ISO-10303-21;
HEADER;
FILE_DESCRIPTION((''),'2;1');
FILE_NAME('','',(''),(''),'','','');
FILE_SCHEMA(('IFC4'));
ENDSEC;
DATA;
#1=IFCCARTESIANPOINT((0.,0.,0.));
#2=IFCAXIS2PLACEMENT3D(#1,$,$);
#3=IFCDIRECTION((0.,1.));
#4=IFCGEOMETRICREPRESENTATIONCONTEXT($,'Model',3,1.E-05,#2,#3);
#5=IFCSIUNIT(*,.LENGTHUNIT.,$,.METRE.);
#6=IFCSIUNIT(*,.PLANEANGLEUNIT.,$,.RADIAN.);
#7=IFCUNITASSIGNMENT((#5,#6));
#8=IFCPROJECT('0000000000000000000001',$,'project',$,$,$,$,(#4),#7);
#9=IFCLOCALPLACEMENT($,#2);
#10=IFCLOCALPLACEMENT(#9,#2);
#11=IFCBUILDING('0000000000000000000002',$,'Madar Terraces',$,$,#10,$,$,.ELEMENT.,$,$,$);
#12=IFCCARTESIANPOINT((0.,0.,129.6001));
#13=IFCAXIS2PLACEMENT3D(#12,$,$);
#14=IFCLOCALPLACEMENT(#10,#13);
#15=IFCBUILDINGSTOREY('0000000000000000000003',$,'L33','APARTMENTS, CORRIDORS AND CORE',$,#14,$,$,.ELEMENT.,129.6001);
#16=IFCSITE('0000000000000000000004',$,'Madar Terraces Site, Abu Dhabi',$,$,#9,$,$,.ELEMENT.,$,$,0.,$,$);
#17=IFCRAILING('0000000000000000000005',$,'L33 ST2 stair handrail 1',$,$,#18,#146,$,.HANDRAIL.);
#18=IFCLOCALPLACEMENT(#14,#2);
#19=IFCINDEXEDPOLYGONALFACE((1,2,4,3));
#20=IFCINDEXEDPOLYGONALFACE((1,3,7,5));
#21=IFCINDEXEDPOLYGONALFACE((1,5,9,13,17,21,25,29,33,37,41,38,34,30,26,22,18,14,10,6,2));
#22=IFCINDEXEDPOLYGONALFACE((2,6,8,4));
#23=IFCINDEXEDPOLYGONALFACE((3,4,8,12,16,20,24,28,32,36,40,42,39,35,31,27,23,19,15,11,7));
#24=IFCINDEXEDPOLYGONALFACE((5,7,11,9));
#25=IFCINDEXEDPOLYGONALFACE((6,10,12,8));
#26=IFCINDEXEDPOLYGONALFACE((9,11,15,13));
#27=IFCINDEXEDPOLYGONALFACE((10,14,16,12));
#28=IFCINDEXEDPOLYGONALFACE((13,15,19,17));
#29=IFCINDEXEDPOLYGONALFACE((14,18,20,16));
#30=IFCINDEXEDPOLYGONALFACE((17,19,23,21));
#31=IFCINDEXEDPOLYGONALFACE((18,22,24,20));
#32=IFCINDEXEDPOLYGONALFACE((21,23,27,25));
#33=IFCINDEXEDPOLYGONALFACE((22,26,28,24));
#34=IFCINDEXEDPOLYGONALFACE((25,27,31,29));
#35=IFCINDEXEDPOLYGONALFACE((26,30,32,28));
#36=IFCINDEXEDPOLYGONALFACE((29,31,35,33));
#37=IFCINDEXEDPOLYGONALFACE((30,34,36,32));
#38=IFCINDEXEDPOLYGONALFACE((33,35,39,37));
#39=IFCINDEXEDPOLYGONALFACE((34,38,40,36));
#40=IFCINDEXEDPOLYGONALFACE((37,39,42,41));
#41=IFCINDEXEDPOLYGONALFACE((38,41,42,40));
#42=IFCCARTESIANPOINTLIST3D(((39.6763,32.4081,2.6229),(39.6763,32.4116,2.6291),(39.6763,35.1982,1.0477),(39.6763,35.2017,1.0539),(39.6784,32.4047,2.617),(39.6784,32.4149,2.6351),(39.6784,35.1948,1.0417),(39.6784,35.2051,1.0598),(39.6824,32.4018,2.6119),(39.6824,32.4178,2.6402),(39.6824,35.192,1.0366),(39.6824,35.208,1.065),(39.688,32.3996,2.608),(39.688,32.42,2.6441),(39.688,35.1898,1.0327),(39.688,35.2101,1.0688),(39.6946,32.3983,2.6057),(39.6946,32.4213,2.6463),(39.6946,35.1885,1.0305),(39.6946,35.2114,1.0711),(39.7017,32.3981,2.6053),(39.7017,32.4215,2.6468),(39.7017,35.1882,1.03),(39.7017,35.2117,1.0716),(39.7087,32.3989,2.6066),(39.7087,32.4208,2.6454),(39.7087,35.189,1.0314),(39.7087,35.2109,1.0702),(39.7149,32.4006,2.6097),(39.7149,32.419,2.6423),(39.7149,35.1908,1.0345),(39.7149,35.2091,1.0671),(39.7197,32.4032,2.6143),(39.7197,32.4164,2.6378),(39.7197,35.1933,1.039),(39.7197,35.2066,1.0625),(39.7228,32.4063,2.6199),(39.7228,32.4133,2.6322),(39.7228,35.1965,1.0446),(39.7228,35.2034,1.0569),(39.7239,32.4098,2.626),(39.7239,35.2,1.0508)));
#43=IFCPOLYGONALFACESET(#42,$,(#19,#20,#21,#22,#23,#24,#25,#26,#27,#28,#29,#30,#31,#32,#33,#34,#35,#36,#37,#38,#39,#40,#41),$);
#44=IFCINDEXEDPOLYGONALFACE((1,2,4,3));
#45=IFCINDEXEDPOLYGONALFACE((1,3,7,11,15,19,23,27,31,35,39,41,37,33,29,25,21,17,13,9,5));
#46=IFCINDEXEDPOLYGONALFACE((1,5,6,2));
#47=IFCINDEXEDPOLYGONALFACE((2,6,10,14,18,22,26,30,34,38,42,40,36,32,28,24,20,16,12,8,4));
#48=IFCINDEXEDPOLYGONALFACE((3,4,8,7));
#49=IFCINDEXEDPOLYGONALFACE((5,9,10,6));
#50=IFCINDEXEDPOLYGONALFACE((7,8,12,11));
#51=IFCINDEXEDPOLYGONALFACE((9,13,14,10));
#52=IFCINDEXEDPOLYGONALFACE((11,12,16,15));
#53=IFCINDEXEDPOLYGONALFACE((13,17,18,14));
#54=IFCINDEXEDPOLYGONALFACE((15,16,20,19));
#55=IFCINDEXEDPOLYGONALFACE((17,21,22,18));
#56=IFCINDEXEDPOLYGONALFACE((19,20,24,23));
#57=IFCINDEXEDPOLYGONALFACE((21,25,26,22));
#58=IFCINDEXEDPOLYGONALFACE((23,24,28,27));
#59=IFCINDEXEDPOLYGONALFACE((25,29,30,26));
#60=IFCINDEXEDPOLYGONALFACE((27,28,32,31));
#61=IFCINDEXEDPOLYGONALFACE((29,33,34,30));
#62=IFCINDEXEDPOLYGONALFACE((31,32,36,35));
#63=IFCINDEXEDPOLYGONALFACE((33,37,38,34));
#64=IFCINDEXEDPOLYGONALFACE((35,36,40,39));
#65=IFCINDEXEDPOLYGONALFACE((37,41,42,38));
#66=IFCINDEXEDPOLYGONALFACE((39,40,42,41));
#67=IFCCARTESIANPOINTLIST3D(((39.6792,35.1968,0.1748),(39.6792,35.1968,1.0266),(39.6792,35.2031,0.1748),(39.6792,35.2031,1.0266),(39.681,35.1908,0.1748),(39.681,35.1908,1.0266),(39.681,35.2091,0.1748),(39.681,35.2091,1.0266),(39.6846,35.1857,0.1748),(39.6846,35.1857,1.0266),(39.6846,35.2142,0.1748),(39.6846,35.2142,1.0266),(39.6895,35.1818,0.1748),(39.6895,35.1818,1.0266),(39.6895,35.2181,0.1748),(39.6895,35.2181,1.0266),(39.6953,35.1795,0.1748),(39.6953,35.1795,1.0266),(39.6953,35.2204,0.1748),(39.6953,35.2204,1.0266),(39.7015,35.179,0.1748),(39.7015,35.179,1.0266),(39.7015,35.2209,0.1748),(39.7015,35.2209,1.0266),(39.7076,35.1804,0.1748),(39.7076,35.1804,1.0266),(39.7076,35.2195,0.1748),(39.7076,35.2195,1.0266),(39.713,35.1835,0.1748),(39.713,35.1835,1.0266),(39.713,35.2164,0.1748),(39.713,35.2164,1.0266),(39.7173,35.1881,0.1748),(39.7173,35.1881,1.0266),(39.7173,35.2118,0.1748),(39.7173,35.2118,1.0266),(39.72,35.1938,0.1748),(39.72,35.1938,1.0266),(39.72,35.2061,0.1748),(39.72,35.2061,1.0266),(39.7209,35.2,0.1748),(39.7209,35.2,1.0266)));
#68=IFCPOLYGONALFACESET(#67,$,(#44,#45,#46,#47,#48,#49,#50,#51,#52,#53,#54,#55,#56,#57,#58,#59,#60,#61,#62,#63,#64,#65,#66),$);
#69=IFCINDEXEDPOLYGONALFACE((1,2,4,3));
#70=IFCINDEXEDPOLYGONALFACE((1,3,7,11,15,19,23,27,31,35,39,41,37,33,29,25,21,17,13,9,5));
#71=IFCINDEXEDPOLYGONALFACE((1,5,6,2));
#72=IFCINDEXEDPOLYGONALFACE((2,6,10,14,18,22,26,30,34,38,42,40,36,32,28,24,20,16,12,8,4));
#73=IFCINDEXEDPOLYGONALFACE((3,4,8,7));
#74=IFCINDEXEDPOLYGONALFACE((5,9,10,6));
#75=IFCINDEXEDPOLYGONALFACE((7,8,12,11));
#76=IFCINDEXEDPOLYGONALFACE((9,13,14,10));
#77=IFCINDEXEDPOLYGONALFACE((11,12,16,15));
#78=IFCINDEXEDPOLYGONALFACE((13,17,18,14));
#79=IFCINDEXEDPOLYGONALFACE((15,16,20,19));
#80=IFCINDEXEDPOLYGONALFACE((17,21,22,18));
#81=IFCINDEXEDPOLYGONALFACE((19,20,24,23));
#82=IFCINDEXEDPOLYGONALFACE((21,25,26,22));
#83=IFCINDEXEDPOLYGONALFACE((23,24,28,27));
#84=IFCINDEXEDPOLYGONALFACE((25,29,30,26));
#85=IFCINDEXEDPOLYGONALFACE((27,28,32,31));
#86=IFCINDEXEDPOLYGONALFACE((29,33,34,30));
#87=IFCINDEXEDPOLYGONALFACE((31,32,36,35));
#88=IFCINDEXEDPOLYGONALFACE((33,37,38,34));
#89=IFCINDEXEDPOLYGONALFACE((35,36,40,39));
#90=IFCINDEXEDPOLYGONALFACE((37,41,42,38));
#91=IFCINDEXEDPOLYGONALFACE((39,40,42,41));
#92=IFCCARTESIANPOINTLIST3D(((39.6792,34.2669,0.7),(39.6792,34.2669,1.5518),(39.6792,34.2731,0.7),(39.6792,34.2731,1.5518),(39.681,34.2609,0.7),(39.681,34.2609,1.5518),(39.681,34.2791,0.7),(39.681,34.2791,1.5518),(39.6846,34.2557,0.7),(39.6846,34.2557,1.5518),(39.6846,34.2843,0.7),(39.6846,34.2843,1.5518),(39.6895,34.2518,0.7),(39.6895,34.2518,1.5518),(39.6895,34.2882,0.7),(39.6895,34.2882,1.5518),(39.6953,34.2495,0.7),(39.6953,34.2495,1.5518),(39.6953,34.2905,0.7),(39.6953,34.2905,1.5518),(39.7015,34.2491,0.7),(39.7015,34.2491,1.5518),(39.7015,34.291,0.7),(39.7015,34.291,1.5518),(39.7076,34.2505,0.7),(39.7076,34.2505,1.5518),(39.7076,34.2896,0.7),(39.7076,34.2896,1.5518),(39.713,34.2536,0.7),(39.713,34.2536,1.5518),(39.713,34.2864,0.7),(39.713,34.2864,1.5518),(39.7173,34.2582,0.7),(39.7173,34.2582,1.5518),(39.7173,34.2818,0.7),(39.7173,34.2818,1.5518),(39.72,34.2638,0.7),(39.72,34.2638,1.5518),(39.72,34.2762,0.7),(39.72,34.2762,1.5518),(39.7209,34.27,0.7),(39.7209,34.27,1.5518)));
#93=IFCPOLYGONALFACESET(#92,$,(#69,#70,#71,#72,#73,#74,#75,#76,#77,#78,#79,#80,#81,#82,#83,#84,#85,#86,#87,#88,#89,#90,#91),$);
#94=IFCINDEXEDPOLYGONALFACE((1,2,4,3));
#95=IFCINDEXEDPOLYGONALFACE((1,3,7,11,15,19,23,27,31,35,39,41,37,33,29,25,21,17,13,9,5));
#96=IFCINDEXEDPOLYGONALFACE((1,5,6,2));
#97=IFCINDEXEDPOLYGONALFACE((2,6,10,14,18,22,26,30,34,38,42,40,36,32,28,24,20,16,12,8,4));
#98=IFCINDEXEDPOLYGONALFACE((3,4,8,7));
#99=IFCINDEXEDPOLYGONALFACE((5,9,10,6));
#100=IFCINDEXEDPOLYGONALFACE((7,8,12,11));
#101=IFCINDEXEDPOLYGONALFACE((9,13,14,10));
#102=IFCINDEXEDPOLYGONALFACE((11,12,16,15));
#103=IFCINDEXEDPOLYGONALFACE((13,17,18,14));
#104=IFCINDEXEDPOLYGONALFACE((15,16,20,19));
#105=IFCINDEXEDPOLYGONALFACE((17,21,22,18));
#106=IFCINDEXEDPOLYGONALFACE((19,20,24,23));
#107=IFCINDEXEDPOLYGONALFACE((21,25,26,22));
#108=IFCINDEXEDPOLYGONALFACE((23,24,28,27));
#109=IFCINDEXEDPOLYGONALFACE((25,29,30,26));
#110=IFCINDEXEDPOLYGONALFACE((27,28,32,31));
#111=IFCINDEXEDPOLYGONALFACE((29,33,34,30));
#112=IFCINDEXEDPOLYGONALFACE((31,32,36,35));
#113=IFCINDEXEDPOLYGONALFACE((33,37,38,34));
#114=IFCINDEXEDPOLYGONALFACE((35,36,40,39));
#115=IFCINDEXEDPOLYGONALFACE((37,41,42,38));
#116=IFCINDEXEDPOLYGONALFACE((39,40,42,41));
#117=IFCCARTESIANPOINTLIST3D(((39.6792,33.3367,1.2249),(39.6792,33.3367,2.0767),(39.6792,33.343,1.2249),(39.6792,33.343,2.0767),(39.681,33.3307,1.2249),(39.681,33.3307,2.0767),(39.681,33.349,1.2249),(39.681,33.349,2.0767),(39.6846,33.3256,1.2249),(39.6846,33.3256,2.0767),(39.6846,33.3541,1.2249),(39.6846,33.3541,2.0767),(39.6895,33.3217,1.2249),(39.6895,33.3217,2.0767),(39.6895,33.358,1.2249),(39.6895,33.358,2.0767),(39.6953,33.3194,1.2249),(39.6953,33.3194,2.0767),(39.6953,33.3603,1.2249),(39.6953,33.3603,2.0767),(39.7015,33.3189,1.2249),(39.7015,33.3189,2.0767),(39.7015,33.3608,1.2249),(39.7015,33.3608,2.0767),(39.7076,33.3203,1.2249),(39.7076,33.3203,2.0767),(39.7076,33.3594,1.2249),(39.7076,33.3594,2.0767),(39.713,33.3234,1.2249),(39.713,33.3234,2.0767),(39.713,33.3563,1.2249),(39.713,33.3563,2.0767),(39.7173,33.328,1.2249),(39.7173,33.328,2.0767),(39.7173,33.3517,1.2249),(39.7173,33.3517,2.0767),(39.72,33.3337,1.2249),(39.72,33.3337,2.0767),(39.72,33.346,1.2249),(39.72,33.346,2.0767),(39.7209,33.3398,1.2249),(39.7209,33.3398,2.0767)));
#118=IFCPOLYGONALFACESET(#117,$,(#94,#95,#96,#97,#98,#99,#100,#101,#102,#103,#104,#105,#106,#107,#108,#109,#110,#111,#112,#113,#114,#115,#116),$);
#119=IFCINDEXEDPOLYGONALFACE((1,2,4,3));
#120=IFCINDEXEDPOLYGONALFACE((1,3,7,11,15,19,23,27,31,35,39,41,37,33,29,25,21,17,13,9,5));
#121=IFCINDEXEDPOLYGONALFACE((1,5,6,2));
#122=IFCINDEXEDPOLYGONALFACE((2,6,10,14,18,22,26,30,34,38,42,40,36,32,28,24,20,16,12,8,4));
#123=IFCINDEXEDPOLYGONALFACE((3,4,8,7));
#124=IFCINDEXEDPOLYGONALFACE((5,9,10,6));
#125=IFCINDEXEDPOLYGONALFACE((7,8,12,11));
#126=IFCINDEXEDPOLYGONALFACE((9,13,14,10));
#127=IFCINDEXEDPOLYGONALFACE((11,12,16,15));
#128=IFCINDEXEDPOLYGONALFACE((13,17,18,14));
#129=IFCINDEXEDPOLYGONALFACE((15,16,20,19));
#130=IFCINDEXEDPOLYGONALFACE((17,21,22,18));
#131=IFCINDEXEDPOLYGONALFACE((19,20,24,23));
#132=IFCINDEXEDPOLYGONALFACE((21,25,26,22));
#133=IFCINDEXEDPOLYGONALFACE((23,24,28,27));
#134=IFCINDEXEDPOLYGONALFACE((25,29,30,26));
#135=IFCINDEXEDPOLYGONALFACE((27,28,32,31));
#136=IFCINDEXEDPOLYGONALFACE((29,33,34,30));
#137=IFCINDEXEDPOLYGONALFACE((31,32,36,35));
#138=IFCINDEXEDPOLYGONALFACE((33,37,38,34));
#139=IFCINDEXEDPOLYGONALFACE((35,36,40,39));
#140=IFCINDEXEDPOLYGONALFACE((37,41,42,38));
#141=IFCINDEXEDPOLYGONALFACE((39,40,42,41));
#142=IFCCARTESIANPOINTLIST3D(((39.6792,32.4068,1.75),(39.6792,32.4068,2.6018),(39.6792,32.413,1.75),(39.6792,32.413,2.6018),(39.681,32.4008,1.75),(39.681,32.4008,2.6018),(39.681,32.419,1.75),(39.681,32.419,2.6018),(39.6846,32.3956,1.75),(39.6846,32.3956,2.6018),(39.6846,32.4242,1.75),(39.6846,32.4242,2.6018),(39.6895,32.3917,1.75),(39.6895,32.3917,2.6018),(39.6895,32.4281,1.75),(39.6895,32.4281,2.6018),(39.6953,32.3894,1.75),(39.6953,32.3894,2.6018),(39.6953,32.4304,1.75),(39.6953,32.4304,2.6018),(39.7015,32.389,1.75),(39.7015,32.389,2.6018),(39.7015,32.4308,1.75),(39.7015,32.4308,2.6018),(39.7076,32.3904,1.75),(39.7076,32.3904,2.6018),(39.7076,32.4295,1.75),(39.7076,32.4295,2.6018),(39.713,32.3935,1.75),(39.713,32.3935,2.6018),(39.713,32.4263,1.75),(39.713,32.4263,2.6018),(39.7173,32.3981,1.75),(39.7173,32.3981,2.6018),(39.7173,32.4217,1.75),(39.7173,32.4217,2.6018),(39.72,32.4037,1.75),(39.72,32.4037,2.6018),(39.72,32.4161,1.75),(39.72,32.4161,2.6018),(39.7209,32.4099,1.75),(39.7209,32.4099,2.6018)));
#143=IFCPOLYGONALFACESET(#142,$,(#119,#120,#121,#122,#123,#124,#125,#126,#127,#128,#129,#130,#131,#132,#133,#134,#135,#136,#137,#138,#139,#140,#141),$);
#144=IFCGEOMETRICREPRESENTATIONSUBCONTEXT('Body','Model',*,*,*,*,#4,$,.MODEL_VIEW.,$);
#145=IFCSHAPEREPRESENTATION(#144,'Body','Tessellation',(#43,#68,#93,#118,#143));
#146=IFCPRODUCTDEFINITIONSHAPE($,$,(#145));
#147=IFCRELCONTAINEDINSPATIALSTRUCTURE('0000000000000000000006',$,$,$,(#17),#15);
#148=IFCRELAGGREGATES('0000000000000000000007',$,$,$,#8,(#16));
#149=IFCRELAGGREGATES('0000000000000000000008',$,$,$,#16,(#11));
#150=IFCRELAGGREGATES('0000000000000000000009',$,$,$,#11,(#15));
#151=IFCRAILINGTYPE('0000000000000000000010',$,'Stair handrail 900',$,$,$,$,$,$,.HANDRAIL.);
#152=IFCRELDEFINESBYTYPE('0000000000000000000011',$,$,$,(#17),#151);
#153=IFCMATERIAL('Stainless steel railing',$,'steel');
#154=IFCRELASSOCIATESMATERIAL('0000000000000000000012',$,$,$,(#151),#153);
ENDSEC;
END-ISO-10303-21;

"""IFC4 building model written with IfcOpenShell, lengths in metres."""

from ifc_helpers import new_model, si_unit, direction, frame, origin, origin_2d, place, context, subcontext, project, spatial, circle, extrude, material, type_object, element, save


model = new_model("IFC4")

# Units and contexts
model_context = context("Model", 3, precision=1e-05, world=origin(), true_north=direction((0.0, 1.0)))
body_context = subcontext(model_context, "Body", "Model", "MODEL_VIEW")
ifc_project = project(units=[si_unit("LENGTHUNIT", "METRE"), si_unit("PLANEANGLEUNIT", "RADIAN")], contexts=[model_context])

# Site, building, storey
site_placement = place(None, origin())
site = spatial("IfcSite", under=ifc_project, at=site_placement, Name="Madar Terraces Site, Abu Dhabi", CompositionType="ELEMENT", RefElevation=0.0)
building_placement = place(site_placement, origin())
building = spatial("IfcBuilding", under=site, at=building_placement, Name="Madar Terraces", CompositionType="ELEMENT")
storey_placement = place(building_placement, frame((0.0, 0.0, 129.6001)))
storey = spatial("IfcBuildingStorey", under=building, at=storey_placement, Name="L33", Description="APARTMENTS, CORRIDORS AND CORE", CompositionType="ELEMENT", Elevation=129.6001)

# Railing
ifc_material_1 = material(Name="Stainless steel railing", Category="steel")
railing_type_1 = type_object("IfcRailingType", Name="Stair handrail 900", PredefinedType="HANDRAIL", material=ifc_material_1)
railing_1_placement = place(storey_placement, frame((39.7, 35.2, 0.1748)))
element("IfcRailing", 1, at=railing_1_placement, inside=storey, type_object=railing_type_1, Name="L33 ST2 stair handrail 1", PredefinedType="HANDRAIL", context=body_context, shape_type="SweptSolid", body=[
    extrude(circle(Radius=0.0239, at=origin_2d()), frame((0.0, 0.0, 0.876), z_axis=(0.0, -0.870801, 0.491635), x_axis=(1.0, 0.0, 0.0)), (0.0, 0.0, 1.0), 3.2041),
    extrude(circle(Radius=0.021, at=origin_2d()), origin(), (0.0, 0.0, 1.0), 0.8518),
    extrude(circle(Radius=0.021, at=origin_2d()), frame((0.0, -0.9299, 0.5251)), (0.0, 0.0, 1.0), 0.8518),
    extrude(circle(Radius=0.021, at=origin_2d()), frame((0.0, -1.8601, 1.05)), (0.0, 0.0, 1.0), 0.8518),
    extrude(circle(Radius=0.021, at=origin_2d()), frame((0.0, -2.79, 1.5752)), (0.0, 0.0, 1.0), 0.8518),
])

save(model, "model.ifc")
